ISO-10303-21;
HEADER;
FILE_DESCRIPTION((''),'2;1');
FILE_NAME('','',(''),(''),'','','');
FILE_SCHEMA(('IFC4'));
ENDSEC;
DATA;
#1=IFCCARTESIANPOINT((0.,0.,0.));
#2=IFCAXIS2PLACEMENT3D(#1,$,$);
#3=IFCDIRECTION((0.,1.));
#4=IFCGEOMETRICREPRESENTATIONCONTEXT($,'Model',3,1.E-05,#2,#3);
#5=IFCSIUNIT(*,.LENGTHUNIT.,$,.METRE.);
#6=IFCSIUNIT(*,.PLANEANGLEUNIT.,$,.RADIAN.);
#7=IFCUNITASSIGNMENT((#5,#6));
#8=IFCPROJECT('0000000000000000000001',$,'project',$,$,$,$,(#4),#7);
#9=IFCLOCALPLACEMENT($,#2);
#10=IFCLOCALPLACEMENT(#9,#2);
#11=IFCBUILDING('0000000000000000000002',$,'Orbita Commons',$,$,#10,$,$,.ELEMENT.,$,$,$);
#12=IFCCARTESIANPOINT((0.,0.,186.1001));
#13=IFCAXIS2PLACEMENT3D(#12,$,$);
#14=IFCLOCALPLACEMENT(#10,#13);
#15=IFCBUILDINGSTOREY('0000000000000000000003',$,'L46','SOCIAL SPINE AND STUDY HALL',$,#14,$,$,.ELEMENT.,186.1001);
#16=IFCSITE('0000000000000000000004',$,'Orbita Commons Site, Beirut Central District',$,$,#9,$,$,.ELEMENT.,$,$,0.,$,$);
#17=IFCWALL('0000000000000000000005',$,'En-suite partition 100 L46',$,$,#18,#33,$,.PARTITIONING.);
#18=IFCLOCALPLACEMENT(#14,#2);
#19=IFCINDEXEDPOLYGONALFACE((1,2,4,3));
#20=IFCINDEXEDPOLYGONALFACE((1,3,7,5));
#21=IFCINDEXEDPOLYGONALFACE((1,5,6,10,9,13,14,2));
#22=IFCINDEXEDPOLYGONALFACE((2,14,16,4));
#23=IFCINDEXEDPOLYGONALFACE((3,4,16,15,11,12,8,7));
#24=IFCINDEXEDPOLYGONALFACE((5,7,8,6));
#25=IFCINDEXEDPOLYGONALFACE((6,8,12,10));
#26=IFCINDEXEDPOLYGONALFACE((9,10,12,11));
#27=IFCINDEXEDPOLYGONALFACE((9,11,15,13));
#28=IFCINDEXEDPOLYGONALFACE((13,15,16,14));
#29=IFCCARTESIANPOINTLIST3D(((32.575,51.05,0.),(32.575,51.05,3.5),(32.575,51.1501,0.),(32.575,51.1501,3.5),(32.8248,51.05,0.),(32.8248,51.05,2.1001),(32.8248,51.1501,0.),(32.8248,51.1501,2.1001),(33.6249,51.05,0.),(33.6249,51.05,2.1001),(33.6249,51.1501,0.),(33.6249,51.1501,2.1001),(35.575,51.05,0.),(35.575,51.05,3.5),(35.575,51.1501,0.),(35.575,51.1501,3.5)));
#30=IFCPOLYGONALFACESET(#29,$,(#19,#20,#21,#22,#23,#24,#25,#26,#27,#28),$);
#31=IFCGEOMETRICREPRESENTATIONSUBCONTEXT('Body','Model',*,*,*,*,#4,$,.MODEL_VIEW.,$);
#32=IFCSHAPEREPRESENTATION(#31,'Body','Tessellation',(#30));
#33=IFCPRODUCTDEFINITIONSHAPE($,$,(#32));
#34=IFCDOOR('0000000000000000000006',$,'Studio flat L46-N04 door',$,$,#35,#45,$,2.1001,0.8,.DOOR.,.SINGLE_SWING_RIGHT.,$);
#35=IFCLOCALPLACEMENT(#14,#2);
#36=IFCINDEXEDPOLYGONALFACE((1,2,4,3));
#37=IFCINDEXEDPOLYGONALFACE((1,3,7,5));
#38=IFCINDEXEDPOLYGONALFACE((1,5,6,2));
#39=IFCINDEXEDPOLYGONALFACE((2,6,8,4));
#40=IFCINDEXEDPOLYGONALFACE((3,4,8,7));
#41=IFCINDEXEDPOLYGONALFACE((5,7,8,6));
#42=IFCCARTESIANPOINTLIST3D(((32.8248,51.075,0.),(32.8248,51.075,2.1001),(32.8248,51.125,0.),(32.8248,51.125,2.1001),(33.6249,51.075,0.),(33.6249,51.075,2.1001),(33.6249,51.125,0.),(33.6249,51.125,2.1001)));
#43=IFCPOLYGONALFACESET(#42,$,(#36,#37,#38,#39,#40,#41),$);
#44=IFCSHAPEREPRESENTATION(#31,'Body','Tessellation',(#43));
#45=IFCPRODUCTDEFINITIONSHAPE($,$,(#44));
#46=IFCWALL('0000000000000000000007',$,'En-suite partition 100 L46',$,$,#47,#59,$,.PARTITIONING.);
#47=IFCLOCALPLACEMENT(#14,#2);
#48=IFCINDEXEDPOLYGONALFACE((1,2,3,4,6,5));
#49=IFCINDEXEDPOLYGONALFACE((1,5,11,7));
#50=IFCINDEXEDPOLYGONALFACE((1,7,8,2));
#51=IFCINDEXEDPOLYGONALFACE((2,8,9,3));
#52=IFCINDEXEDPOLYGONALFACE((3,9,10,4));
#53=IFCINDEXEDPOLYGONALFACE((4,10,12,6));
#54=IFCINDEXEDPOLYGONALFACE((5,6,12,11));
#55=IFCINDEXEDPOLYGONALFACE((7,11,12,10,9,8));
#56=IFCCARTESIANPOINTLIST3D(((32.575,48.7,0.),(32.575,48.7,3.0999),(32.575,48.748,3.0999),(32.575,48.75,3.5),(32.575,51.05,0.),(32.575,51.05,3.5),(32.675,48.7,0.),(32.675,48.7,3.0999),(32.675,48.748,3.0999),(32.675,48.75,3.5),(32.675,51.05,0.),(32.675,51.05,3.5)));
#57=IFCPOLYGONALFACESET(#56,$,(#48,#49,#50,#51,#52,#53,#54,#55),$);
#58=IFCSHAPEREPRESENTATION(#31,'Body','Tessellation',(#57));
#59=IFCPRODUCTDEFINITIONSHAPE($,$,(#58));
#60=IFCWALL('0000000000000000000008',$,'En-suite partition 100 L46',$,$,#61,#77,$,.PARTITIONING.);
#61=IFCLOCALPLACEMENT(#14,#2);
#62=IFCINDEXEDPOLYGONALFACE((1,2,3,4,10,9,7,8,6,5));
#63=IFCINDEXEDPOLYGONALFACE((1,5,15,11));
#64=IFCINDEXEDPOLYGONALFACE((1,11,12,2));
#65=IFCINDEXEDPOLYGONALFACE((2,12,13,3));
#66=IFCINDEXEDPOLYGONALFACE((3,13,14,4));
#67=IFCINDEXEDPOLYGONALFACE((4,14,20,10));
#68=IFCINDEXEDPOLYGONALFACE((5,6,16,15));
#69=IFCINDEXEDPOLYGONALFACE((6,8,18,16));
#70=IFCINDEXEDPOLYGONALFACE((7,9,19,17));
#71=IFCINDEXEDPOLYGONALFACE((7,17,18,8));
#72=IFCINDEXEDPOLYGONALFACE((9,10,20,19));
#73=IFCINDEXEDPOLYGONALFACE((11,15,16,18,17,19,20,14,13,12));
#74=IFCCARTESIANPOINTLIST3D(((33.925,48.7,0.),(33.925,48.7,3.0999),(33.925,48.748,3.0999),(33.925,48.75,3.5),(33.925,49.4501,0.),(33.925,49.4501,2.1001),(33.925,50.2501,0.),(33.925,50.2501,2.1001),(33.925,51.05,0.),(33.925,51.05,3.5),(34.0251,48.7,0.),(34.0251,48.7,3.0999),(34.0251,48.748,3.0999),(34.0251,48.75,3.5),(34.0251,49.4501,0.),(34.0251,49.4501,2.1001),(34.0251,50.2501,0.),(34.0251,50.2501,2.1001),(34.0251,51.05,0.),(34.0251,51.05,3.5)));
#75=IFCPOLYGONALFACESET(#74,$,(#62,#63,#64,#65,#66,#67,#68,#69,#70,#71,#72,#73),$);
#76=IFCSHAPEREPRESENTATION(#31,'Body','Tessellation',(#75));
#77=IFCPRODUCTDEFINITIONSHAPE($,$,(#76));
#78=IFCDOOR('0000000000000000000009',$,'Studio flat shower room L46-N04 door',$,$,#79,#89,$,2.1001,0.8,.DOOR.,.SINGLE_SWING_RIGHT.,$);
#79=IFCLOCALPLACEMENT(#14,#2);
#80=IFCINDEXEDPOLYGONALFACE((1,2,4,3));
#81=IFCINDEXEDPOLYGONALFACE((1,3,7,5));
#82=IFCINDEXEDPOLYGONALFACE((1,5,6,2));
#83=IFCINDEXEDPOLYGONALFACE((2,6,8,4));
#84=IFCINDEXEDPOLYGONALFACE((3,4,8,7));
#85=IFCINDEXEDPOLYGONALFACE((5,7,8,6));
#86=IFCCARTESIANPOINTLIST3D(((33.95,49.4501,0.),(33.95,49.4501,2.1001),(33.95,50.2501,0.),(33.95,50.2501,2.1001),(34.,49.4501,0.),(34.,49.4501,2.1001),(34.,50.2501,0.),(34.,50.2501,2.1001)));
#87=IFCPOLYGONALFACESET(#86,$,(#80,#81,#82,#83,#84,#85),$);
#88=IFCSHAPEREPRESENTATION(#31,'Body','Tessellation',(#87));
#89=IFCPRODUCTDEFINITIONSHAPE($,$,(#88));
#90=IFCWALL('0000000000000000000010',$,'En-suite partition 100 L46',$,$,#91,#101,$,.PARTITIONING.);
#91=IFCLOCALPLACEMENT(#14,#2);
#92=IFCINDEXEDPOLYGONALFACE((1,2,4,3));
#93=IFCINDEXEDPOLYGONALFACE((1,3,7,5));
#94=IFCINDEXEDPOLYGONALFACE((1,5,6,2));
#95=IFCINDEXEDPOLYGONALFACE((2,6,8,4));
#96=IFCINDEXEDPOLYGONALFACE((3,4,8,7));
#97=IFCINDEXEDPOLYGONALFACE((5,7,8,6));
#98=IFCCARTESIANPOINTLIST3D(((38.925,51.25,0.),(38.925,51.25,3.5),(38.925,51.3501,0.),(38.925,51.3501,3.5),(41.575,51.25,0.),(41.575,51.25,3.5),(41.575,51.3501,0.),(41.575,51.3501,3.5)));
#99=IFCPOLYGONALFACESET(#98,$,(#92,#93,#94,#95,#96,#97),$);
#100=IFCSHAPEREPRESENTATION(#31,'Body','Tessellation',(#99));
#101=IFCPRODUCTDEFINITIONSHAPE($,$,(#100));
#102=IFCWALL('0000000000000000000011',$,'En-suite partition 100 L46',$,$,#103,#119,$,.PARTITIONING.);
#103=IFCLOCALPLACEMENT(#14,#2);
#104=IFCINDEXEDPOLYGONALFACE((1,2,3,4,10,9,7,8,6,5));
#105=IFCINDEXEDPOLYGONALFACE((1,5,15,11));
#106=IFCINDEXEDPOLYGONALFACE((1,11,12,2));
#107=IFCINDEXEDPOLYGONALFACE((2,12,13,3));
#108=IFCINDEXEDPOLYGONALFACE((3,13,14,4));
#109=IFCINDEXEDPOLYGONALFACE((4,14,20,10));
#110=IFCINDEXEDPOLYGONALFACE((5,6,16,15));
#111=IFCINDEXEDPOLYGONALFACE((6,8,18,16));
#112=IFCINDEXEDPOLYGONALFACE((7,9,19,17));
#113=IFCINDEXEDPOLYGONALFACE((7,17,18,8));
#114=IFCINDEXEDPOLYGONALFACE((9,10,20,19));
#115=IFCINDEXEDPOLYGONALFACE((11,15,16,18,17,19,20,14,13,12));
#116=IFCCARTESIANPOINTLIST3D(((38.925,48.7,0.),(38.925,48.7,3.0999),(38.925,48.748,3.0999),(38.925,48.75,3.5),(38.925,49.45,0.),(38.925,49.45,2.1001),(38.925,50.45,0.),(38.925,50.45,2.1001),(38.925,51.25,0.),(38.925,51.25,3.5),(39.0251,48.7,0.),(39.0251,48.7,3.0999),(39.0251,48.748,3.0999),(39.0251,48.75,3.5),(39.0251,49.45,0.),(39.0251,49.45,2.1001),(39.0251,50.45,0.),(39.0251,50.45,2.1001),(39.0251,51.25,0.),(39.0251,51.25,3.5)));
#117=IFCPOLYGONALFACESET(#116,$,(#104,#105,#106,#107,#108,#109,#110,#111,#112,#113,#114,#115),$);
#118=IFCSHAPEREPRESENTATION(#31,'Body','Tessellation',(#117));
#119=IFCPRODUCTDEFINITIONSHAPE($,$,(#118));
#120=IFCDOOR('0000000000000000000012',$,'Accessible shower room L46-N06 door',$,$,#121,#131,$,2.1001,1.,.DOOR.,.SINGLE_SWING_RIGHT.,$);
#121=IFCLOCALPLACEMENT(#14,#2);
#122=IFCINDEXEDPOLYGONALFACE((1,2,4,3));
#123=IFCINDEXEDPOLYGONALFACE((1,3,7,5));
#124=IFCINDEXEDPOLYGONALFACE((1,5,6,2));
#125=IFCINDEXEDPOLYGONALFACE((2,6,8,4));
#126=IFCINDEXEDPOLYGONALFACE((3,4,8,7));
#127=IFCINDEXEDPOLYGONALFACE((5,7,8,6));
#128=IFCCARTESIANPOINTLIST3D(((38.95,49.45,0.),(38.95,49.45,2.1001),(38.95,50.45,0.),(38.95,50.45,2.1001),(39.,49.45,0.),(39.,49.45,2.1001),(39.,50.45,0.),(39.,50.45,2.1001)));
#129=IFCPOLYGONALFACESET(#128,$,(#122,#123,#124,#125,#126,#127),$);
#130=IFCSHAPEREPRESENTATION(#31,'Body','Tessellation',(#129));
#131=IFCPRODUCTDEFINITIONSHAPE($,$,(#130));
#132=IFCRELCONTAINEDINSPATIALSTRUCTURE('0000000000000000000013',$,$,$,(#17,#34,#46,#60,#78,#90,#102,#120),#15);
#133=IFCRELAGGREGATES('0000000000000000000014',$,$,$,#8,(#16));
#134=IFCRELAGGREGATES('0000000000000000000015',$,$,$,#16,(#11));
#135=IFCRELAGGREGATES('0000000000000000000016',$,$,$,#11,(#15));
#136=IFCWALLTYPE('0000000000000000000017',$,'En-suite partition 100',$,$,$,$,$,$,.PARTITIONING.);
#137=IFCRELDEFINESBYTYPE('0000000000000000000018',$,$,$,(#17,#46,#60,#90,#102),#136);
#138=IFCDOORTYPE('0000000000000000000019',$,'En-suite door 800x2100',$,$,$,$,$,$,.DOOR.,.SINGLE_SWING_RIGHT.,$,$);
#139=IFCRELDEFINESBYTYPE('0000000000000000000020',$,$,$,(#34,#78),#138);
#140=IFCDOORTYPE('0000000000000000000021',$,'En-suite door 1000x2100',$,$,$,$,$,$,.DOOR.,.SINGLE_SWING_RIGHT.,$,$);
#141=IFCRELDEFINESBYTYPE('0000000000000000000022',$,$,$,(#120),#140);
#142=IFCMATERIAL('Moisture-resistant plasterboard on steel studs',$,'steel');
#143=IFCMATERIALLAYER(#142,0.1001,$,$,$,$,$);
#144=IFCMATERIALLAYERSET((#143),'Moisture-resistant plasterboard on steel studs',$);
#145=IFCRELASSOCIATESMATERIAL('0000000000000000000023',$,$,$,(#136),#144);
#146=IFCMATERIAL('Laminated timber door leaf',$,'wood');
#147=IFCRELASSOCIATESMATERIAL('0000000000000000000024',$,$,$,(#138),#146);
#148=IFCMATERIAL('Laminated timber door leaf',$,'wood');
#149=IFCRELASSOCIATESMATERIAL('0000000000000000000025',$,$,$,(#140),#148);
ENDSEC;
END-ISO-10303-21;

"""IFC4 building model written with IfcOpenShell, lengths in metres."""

from ifc_helpers import new_model, si_unit, direction, frame, frame_2d, origin, place, context, subcontext, project, spatial, polyline, rectangle, outline, extrude, material, layer, layer_set, type_object, element, fill, save


model = new_model("IFC4")

# Units and contexts
model_context = context("Model", 3, precision=1e-05, world=origin(), true_north=direction((0.0, 1.0)))
body_context = subcontext(model_context, "Body", "Model", "MODEL_VIEW")
ifc_project = project(units=[si_unit("LENGTHUNIT", "METRE"), si_unit("PLANEANGLEUNIT", "RADIAN")], contexts=[model_context])

# Site, building, storey
site_placement = place(None, origin())
site = spatial("IfcSite", under=ifc_project, at=site_placement, Name="Orbita Commons Site, Beirut Central District", CompositionType="ELEMENT", RefElevation=0.0)
building_placement = place(site_placement, origin())
building = spatial("IfcBuilding", under=site, at=building_placement, Name="Orbita Commons", CompositionType="ELEMENT")
storey_placement = place(building_placement, frame((0.0, 0.0, 186.1001)))
storey = spatial("IfcBuildingStorey", under=building, at=storey_placement, Name="L46", Description="SOCIAL SPINE AND STUDY HALL", CompositionType="ELEMENT", Elevation=186.1001)

# Shared definitions
ifc_material_1 = material(Name="Moisture-resistant plasterboard on steel studs", Category="steel")
ifc_layer_1 = layer(ifc_material_1, 0.1001)
ifc_layer_set_1 = layer_set([ifc_layer_1], Name="Moisture-resistant plasterboard on steel studs")
wall_type_1 = type_object("IfcWallType", Name="En-suite partition 100", PredefinedType="PARTITIONING", material=ifc_layer_set_1)

# Wall, opening, door
wall_1_placement = place(storey_placement, frame((32.575, 51.1001, 0.0), z_axis=(0.0, 0.0, 1.0), x_axis=(1.0, 0.0, 0.0)))
wall_1 = element("IfcWall", 1, at=wall_1_placement, inside=storey, type_object=wall_type_1, Name="En-suite partition 100 L46", PredefinedType="PARTITIONING", context=body_context, shape_type="SweptSolid", body=[
    extrude(rectangle(XDim=3.0, YDim=0.1001, at=frame_2d((1.5, 0.0))), origin(), (0.0, 0.0, 1.0), 3.5),
])
opening_1_placement = place(wall_1_placement, frame((0.25, 0.0, 0.0)))
opening_1 = element("IfcOpeningElement", 2, at=opening_1_placement, cuts=wall_1, PredefinedType="OPENING", context=body_context, shape_type="SweptSolid", body=[
    extrude(rectangle(XDim=0.8, YDim=2.1001, at=frame_2d((0.3999, 1.05))), frame((0.0, 0.0601, 0.0), z_axis=(0.0, -1.0, 0.0), x_axis=(1.0, 0.0, 0.0)), (0.0, 0.0, 1.0), 0.1201),
])
ifc_material_2 = material(Name="Laminated timber door leaf", Category="wood")
door_type_1 = type_object("IfcDoorType", Name="En-suite door 800x2100", OperationType="SINGLE_SWING_RIGHT", PredefinedType="DOOR", material=ifc_material_2)
door_1_placement = place(opening_1_placement, origin())
door_1 = element("IfcDoor", 3, at=door_1_placement, inside=storey, type_object=door_type_1, Name="Studio flat L46-N04 door", OperationType="SINGLE_SWING_RIGHT", OverallHeight=2.1001, OverallWidth=0.8, PredefinedType="DOOR", context=body_context, shape_type="SweptSolid", body=[
    extrude(rectangle(XDim=0.8, YDim=2.1001, at=frame_2d((0.3999, 1.05))), frame((0.0, 0.0249, 0.0), z_axis=(0.0, -1.0, 0.0), x_axis=(1.0, 0.0, 0.0)), (0.0, 0.0, 1.0), 0.05),
])
fill(opening_1, door_1)

# Wall
wall_2_placement = place(storey_placement, frame((32.625, 51.05, 0.0), z_axis=(0.0, 0.0, 1.0), x_axis=(0.0, -1.0, 0.0)))
element("IfcWall", 4, at=wall_2_placement, inside=storey, type_object=wall_type_1, Name="En-suite partition 100 L46", PredefinedType="PARTITIONING", context=body_context, shape_type="SweptSolid", body=[
    extrude(outline(polyline([(0.0, 0.0), (2.3501, 0.0), (2.3501, 3.0999), (2.302, 3.0999), (2.3, 3.5), (0.0, 3.5), (0.0, 0.0)])), frame((0.0, 0.05, 0.0), z_axis=(0.0, -1.0, 0.0), x_axis=(1.0, 0.0, 0.0)), (0.0, 0.0, 1.0), 0.1001),
])

# Wall, opening, door
wall_3_placement = place(storey_placement, frame((33.9751, 51.05, 0.0), z_axis=(0.0, 0.0, 1.0), x_axis=(0.0, -1.0, 0.0)))
wall_3 = element("IfcWall", 5, at=wall_3_placement, inside=storey, type_object=wall_type_1, Name="En-suite partition 100 L46", PredefinedType="PARTITIONING", context=body_context, shape_type="SweptSolid", body=[
    extrude(outline(polyline([(0.0, 0.0), (2.3501, 0.0), (2.3501, 3.0999), (2.302, 3.0999), (2.3, 3.5), (0.0, 3.5), (0.0, 0.0)])), frame((0.0, 0.05, 0.0), z_axis=(0.0, -1.0, 0.0), x_axis=(1.0, 0.0, 0.0)), (0.0, 0.0, 1.0), 0.1001),
])
opening_2_placement = place(wall_3_placement, frame((0.8, 0.0, 0.0)))
opening_2 = element("IfcOpeningElement", 6, at=opening_2_placement, cuts=wall_3, PredefinedType="OPENING", context=body_context, shape_type="SweptSolid", body=[
    extrude(rectangle(XDim=0.8, YDim=2.1001, at=frame_2d((0.3999, 1.05))), frame((0.0, 0.0601, 0.0), z_axis=(0.0, -1.0, 0.0), x_axis=(1.0, 0.0, 0.0)), (0.0, 0.0, 1.0), 0.1201),
])
door_2_placement = place(opening_2_placement, origin())
door_2 = element("IfcDoor", 7, at=door_2_placement, inside=storey, type_object=door_type_1, Name="Studio flat shower room L46-N04 door", OperationType="SINGLE_SWING_RIGHT", OverallHeight=2.1001, OverallWidth=0.8, PredefinedType="DOOR", context=body_context, shape_type="SweptSolid", body=[
    extrude(rectangle(XDim=0.8, YDim=2.1001, at=frame_2d((0.3999, 1.05))), frame((0.0, 0.0249, 0.0), z_axis=(0.0, -1.0, 0.0), x_axis=(1.0, 0.0, 0.0)), (0.0, 0.0, 1.0), 0.05),
])
fill(opening_2, door_2)

# Wall
wall_4_placement = place(storey_placement, frame((38.925, 51.3, 0.0), z_axis=(0.0, 0.0, 1.0), x_axis=(1.0, 0.0, 0.0)))
element("IfcWall", 8, at=wall_4_placement, inside=storey, type_object=wall_type_1, Name="En-suite partition 100 L46", PredefinedType="PARTITIONING", context=body_context, shape_type="SweptSolid", body=[
    extrude(rectangle(XDim=2.6499, YDim=0.1001, at=frame_2d((1.325, 0.0))), origin(), (0.0, 0.0, 1.0), 3.5),
])

# Wall, opening, door
wall_5_placement = place(storey_placement, frame((38.9751, 51.25, 0.0), z_axis=(0.0, 0.0, 1.0), x_axis=(0.0, -1.0, 0.0)))
wall_5 = element("IfcWall", 9, at=wall_5_placement, inside=storey, type_object=wall_type_1, Name="En-suite partition 100 L46", PredefinedType="PARTITIONING", context=body_context, shape_type="SweptSolid", body=[
    extrude(outline(polyline([(0.0, 0.0), (2.55, 0.0), (2.55, 3.0999), (2.502, 3.0999), (2.5, 3.5), (0.0, 3.5), (0.0, 0.0)])), frame((0.0, 0.05, 0.0), z_axis=(0.0, -1.0, 0.0), x_axis=(1.0, 0.0, 0.0)), (0.0, 0.0, 1.0), 0.1001),
])
opening_3_placement = place(wall_5_placement, frame((0.8, 0.0, 0.0)))
opening_3 = element("IfcOpeningElement", 10, at=opening_3_placement, cuts=wall_5, PredefinedType="OPENING", context=body_context, shape_type="SweptSolid", body=[
    extrude(rectangle(XDim=1.0, YDim=2.1001, at=frame_2d((0.5, 1.05))), frame((0.0, 0.0601, 0.0), z_axis=(0.0, -1.0, 0.0), x_axis=(1.0, 0.0, 0.0)), (0.0, 0.0, 1.0), 0.1201),
])
ifc_material_3 = material(Name="Laminated timber door leaf", Category="wood")
door_type_2 = type_object("IfcDoorType", Name="En-suite door 1000x2100", OperationType="SINGLE_SWING_RIGHT", PredefinedType="DOOR", material=ifc_material_3)
door_3_placement = place(opening_3_placement, origin())
door_3 = element("IfcDoor", 11, at=door_3_placement, inside=storey, type_object=door_type_2, Name="Accessible shower room L46-N06 door", OperationType="SINGLE_SWING_RIGHT", OverallHeight=2.1001, OverallWidth=1.0, PredefinedType="DOOR", context=body_context, shape_type="SweptSolid", body=[
    extrude(rectangle(XDim=1.0, YDim=2.1001, at=frame_2d((0.5, 1.05))), frame((0.0, 0.0249, 0.0), z_axis=(0.0, -1.0, 0.0), x_axis=(1.0, 0.0, 0.0)), (0.0, 0.0, 1.0), 0.05),
])
fill(opening_3, door_3)

save(model, "model.ifc")
